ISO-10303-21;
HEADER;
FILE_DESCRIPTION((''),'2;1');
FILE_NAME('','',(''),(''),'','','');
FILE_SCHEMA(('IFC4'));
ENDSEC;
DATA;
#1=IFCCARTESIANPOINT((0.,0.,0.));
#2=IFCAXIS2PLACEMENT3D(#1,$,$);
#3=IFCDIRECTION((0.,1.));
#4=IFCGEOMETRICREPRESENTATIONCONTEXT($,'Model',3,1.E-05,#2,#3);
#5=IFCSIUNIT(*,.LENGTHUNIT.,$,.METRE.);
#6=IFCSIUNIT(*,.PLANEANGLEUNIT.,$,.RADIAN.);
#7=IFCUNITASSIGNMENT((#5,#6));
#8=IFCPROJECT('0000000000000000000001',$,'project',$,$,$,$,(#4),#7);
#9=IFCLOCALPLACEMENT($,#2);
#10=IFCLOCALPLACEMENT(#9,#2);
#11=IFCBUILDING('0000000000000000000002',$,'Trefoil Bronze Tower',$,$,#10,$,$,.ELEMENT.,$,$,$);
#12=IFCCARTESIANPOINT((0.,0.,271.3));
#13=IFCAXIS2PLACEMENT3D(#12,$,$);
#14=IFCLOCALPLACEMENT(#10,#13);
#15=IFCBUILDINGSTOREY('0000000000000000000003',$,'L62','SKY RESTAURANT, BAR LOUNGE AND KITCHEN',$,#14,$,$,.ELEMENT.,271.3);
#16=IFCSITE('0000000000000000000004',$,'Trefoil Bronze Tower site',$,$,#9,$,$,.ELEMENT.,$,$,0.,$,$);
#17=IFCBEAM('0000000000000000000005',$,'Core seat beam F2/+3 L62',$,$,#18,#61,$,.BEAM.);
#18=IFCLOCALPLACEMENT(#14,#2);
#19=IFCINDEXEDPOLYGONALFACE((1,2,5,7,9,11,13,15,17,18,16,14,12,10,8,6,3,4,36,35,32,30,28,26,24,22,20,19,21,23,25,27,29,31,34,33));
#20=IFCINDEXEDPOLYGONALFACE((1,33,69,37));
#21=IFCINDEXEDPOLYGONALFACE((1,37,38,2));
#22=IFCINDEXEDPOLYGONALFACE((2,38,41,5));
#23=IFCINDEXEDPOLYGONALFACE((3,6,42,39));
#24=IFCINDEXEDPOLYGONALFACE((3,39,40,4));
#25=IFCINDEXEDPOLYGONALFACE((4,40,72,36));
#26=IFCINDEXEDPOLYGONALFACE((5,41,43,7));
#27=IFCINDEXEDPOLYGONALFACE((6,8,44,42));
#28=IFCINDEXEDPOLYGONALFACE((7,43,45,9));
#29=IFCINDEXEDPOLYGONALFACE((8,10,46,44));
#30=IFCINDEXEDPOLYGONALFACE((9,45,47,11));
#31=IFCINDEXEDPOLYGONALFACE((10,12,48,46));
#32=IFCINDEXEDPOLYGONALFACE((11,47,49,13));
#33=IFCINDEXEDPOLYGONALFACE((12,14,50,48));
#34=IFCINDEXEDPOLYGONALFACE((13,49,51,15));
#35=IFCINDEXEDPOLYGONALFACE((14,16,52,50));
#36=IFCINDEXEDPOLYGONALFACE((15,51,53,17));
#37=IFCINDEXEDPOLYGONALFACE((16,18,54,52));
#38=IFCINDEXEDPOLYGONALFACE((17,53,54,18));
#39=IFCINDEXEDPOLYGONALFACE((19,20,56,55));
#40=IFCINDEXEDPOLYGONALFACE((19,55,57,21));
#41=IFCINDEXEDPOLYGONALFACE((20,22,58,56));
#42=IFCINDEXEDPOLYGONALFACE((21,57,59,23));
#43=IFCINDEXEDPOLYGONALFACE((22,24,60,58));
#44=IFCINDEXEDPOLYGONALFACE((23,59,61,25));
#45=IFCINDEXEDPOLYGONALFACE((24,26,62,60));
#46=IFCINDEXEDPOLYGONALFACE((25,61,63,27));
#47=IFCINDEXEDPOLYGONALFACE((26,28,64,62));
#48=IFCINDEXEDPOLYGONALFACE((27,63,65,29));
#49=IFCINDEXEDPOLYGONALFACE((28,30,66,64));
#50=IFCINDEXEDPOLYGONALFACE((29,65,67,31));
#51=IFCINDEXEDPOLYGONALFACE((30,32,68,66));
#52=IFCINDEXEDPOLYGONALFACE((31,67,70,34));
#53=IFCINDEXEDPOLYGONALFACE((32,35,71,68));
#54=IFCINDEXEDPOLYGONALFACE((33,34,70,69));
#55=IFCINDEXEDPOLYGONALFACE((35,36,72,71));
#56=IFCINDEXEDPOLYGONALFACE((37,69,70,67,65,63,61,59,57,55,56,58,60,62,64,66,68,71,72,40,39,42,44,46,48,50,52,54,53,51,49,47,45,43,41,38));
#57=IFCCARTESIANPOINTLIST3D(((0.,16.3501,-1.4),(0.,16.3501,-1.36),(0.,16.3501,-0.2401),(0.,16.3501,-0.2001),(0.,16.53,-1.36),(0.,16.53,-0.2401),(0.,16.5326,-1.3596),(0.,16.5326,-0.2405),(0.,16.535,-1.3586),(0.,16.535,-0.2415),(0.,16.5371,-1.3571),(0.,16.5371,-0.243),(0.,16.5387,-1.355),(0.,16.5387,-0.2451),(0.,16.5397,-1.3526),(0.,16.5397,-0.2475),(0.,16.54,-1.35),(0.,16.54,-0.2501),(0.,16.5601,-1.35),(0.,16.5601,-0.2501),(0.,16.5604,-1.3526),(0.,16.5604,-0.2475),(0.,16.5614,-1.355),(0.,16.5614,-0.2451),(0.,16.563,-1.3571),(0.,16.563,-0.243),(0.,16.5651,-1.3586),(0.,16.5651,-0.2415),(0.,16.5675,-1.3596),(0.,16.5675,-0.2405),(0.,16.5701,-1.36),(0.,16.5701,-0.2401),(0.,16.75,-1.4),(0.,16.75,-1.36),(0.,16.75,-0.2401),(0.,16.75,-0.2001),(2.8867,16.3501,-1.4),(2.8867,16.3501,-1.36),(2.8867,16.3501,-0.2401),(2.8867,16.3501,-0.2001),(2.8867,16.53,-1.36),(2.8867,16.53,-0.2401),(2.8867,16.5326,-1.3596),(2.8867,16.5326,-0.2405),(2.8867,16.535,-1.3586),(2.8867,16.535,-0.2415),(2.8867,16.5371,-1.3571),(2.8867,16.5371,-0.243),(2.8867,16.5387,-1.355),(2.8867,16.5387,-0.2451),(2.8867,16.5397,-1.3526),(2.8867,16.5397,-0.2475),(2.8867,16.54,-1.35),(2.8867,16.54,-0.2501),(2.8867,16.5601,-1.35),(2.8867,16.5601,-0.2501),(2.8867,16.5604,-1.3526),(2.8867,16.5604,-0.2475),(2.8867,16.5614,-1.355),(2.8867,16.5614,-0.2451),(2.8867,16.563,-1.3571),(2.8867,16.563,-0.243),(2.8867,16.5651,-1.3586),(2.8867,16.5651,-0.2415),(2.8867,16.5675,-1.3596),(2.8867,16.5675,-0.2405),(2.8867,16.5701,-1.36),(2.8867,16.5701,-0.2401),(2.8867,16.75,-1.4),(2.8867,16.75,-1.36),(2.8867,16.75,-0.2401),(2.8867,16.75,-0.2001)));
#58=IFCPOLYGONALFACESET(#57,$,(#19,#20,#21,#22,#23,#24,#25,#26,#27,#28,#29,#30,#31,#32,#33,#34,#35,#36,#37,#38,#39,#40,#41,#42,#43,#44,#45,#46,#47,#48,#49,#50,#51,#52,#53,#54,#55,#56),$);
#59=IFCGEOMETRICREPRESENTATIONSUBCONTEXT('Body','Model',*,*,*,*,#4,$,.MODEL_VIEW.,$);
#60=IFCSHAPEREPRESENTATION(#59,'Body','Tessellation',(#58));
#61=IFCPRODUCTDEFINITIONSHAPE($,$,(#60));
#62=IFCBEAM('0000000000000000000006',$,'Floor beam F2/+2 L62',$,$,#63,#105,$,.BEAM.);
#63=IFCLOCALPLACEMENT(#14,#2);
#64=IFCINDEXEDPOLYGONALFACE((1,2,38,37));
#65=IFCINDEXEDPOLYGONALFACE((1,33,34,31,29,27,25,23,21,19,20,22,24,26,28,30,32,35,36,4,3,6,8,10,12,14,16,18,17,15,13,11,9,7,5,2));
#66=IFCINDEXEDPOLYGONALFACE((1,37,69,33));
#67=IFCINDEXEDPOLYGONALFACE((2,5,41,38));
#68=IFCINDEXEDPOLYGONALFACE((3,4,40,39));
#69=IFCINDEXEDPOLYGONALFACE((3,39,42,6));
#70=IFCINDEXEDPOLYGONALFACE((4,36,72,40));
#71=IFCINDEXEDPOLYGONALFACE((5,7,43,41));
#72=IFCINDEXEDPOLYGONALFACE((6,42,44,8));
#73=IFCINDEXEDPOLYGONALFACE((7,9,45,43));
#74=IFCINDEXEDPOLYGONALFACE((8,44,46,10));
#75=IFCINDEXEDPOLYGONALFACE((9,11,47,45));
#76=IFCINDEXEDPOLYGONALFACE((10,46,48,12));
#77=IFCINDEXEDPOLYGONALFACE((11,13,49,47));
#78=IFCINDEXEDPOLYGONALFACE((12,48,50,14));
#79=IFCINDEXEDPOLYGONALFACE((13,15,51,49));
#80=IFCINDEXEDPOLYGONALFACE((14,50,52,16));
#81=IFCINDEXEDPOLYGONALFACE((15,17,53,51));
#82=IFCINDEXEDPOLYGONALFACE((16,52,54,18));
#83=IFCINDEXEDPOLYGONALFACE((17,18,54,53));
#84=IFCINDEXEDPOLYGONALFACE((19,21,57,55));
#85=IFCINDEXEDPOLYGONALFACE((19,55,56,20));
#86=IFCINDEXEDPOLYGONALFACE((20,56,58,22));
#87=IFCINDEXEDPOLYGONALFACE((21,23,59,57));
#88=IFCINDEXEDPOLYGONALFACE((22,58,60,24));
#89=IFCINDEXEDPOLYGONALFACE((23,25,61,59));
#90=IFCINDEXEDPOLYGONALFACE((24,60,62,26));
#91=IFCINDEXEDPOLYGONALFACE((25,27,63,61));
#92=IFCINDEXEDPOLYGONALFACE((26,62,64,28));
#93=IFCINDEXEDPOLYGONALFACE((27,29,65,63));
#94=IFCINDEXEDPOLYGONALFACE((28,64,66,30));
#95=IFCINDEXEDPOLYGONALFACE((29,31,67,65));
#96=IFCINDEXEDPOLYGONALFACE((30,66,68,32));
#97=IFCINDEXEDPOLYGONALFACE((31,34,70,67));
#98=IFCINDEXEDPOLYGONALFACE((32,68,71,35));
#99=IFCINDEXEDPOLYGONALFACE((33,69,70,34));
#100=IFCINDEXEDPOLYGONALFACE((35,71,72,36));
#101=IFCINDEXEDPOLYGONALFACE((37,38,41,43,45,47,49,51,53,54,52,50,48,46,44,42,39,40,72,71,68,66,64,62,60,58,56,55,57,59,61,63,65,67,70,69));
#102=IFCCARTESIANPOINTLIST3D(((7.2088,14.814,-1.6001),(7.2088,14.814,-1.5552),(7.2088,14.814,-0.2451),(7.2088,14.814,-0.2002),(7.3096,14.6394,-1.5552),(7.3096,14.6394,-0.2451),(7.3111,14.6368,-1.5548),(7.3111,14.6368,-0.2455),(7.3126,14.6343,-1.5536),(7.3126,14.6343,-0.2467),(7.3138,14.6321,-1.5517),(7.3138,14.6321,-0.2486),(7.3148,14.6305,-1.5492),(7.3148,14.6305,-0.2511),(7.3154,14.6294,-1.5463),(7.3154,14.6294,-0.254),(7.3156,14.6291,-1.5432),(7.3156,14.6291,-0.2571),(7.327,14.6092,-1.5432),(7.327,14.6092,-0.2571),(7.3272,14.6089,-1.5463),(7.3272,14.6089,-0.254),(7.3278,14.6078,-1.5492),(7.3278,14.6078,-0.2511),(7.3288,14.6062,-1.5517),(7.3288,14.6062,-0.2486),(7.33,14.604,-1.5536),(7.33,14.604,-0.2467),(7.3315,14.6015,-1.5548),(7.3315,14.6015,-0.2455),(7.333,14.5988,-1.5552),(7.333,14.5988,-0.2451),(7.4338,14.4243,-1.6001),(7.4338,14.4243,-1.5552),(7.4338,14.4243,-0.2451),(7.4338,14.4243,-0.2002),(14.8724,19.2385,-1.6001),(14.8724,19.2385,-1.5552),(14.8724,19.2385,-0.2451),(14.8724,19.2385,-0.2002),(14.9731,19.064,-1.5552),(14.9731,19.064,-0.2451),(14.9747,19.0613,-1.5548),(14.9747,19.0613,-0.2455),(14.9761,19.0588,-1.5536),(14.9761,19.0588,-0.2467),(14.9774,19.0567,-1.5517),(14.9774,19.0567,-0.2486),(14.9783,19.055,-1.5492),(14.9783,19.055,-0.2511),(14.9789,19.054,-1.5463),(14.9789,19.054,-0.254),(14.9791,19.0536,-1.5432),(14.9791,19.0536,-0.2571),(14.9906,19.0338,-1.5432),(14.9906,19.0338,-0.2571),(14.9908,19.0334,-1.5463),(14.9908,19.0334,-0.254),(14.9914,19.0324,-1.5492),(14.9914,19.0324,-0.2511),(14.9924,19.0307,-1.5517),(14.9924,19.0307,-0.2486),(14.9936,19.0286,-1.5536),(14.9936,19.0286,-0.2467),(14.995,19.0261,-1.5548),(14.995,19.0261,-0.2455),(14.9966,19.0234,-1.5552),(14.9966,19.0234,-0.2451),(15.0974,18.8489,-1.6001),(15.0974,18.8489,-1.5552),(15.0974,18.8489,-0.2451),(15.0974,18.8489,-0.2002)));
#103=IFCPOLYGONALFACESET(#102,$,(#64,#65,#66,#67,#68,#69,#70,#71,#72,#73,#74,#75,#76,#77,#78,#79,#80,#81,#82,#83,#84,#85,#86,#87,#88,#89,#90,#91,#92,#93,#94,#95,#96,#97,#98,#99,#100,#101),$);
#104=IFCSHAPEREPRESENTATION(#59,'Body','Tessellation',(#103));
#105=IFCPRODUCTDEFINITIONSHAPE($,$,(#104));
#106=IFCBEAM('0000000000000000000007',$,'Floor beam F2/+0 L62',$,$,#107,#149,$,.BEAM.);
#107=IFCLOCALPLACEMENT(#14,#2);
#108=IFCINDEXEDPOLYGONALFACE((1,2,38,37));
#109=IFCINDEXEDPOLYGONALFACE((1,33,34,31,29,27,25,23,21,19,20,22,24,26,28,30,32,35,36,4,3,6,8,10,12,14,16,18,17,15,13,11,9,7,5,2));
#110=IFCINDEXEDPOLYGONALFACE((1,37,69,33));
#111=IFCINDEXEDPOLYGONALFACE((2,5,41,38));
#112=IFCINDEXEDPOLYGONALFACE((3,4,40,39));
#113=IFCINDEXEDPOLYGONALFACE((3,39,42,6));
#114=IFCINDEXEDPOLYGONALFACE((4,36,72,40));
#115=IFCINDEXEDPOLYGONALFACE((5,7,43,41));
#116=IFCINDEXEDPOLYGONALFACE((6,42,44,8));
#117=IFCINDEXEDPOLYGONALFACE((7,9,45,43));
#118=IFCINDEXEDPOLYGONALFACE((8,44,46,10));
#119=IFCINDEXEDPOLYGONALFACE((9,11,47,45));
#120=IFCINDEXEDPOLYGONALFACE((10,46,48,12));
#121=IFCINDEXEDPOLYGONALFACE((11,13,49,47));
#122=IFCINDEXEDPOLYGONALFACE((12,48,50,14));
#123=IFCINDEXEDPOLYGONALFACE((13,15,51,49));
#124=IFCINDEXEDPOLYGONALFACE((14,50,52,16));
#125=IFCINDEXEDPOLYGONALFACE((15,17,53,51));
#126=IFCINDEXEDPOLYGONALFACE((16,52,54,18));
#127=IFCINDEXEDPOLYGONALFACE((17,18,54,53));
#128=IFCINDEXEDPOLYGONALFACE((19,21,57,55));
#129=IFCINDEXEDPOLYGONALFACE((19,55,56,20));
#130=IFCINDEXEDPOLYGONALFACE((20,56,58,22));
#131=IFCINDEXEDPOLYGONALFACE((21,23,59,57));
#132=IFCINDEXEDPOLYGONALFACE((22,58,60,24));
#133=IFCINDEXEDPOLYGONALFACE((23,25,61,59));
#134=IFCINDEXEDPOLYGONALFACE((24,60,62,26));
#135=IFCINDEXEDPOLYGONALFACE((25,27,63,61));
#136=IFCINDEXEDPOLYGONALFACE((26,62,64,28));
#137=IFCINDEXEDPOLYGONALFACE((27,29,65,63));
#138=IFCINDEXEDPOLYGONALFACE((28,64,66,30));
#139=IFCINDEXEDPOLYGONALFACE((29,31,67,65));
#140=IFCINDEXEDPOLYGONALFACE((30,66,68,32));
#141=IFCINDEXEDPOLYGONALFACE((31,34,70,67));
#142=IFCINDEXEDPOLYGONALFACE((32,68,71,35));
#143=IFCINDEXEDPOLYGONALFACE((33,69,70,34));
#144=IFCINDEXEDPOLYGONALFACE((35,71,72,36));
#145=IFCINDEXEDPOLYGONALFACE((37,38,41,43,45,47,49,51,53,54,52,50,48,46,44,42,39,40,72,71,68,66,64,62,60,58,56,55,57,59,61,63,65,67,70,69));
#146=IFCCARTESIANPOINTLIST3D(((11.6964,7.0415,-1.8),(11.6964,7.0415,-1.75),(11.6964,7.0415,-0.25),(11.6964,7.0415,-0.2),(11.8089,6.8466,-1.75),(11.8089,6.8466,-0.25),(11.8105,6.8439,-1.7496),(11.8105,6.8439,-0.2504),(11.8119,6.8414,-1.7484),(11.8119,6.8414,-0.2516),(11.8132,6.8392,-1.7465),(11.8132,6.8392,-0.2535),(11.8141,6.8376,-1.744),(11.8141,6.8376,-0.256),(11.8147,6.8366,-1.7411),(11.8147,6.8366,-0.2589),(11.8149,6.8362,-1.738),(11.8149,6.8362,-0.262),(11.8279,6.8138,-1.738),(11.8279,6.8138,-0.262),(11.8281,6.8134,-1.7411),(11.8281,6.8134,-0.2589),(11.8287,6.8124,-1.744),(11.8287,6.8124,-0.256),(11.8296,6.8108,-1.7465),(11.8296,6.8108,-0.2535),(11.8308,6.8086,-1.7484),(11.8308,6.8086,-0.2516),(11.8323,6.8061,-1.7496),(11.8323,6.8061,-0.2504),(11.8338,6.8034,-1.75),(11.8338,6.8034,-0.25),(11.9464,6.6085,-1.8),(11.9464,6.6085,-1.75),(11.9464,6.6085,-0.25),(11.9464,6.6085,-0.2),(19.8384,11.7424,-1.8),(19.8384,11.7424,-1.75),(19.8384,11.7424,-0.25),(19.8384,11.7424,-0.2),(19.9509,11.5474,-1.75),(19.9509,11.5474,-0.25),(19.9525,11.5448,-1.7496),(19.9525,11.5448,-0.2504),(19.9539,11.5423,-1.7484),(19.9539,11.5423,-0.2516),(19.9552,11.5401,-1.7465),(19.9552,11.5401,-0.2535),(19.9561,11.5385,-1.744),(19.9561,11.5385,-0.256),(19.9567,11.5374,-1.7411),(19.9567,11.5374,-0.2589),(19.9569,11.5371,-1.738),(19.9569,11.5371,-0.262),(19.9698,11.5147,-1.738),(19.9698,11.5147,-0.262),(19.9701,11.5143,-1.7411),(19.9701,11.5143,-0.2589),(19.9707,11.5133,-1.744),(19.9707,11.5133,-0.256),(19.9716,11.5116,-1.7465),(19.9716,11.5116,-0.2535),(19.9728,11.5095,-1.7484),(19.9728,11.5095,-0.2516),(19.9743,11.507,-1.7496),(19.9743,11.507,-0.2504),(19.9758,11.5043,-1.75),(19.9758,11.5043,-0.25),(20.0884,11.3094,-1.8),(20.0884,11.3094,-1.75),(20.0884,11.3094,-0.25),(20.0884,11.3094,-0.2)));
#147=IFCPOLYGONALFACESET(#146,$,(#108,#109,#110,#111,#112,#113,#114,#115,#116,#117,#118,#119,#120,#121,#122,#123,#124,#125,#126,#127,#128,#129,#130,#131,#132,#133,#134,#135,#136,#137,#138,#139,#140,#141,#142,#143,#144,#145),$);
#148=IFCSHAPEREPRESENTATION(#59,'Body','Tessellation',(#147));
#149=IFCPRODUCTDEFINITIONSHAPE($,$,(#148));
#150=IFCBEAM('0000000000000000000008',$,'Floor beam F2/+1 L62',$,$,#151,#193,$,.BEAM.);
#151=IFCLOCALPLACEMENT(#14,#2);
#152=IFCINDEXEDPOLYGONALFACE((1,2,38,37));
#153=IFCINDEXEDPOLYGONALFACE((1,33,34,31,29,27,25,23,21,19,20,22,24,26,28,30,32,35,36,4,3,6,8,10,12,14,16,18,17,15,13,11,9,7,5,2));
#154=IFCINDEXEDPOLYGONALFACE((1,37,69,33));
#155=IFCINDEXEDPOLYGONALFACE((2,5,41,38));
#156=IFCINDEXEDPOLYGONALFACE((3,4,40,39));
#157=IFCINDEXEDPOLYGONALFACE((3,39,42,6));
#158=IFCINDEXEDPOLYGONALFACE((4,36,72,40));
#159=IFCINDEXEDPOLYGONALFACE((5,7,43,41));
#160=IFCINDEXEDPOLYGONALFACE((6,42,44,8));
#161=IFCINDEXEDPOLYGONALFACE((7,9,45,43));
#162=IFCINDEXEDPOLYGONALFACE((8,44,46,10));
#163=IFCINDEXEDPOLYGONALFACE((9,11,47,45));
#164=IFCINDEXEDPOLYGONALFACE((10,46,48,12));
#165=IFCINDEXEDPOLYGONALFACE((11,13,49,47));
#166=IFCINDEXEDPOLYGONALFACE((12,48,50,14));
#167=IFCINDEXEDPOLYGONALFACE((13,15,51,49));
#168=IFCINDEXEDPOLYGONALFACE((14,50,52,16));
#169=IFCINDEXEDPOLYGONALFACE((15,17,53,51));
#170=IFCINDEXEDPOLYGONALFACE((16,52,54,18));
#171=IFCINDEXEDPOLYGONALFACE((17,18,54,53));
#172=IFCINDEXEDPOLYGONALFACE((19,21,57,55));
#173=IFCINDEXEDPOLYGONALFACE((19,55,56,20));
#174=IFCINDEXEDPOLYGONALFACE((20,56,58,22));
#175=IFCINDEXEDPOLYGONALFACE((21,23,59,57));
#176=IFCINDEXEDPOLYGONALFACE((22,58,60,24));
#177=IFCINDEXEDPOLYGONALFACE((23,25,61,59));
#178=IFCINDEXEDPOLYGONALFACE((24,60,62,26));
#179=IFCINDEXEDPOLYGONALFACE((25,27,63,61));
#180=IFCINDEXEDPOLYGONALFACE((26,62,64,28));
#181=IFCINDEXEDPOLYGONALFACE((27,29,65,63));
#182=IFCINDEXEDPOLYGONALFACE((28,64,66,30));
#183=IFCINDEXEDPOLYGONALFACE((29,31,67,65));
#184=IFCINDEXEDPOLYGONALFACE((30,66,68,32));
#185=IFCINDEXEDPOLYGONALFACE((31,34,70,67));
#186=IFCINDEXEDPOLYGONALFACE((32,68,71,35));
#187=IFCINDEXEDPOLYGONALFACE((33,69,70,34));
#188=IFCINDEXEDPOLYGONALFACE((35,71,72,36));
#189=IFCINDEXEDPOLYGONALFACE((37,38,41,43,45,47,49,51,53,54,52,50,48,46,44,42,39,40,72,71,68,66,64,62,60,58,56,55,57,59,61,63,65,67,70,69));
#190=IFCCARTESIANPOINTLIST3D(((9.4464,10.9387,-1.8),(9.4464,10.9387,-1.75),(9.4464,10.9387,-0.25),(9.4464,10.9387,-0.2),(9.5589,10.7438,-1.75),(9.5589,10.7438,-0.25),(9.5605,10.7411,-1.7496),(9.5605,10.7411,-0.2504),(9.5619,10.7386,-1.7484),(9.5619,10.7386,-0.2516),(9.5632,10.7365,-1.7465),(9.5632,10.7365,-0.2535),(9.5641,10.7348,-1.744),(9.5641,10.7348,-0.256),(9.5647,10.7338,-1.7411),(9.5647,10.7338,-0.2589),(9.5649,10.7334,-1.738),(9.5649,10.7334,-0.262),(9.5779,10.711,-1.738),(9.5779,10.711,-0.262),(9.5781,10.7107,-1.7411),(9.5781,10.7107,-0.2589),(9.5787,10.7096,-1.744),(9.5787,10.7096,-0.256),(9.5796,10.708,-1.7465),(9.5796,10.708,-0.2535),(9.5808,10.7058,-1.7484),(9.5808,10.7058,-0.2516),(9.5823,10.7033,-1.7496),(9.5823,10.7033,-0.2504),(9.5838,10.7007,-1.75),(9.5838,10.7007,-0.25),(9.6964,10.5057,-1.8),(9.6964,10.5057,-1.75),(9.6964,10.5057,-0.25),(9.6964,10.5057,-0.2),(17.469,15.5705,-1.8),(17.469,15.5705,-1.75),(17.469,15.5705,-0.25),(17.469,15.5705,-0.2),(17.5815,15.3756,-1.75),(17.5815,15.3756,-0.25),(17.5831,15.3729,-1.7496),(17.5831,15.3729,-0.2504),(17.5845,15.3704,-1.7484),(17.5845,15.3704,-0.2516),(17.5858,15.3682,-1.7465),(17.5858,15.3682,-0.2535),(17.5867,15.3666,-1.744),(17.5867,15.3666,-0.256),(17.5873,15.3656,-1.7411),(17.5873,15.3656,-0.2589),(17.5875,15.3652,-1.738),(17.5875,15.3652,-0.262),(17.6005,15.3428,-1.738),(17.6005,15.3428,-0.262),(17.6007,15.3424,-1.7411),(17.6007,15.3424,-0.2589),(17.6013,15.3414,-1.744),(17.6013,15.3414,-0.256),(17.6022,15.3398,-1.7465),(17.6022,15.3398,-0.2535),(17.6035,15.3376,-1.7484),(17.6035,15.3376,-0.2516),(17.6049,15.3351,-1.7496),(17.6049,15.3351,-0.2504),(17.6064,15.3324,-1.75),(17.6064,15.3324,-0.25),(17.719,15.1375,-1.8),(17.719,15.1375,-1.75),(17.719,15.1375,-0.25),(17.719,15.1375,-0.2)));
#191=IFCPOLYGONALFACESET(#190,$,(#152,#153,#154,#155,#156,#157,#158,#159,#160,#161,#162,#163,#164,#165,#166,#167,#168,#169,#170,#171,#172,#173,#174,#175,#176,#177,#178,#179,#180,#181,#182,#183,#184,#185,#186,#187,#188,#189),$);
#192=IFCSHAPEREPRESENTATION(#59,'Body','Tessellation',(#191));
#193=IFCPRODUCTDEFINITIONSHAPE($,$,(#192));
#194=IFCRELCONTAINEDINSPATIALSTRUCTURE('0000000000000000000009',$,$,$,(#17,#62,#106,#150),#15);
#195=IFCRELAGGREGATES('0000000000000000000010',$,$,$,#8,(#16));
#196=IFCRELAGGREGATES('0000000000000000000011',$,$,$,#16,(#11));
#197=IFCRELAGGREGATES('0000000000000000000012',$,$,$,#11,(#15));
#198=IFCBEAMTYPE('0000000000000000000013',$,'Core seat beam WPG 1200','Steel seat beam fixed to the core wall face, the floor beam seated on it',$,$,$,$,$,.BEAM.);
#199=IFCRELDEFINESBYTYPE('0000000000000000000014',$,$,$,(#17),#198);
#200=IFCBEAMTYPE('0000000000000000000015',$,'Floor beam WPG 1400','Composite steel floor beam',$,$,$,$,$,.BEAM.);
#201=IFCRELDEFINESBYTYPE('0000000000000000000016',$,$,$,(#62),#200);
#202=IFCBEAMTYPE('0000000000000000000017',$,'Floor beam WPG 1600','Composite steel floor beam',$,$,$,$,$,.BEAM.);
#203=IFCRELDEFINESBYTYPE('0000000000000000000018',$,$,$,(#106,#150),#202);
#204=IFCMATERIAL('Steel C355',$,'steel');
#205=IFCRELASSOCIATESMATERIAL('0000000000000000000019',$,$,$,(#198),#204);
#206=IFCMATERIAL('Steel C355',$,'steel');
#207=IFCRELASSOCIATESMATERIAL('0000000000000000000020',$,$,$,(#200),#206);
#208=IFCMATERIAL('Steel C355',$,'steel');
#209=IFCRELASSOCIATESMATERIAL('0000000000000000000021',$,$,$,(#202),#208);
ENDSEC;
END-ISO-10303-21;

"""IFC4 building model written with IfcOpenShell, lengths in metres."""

from ifc_helpers import new_model, si_unit, direction, frame, origin, origin_2d, place, context, subcontext, project, spatial, i_section, extrude, material, material_profile, profile_set, type_object, element, save


model = new_model("IFC4")

# Units and contexts
model_context = context("Model", 3, precision=1e-05, world=origin(), true_north=direction((0.0, 1.0)))
body_context = subcontext(model_context, "Body", "Model", "MODEL_VIEW")
ifc_project = project(units=[si_unit("LENGTHUNIT", "METRE"), si_unit("PLANEANGLEUNIT", "RADIAN")], contexts=[model_context])

# Site, building, storey
site_placement = place(None, origin())
site = spatial("IfcSite", under=ifc_project, at=site_placement, Name="Trefoil Bronze Tower site", CompositionType="ELEMENT", RefElevation=0.0)
building_placement = place(site_placement, origin())
building = spatial("IfcBuilding", under=site, at=building_placement, Name="Trefoil Bronze Tower", CompositionType="ELEMENT")
storey_placement = place(building_placement, frame((0.0, 0.0, 271.3)))
storey = spatial("IfcBuildingStorey", under=building, at=storey_placement, Name="L62", Description="SKY RESTAURANT, BAR LOUNGE AND KITCHEN", CompositionType="ELEMENT", Elevation=271.3)

# Beams
ifc_material_1 = material(Name="Steel C355", Category="steel")
ifc_material_profile_1 = material_profile(ifc_material_1, i_section(OverallWidth=0.3999, OverallDepth=1.2, WebThickness=0.02, FlangeThickness=0.04, FilletRadius=0.01, at=origin_2d()), Name="WPG 1200")
ifc_profile_set_1 = profile_set([ifc_material_profile_1], Name="Steel C355")
beam_type_1 = type_object("IfcBeamType", Name="Core seat beam WPG 1200", Description="Steel seat beam fixed to the core wall face, the floor beam seated on it", PredefinedType="BEAM", material=ifc_profile_set_1)
beam_1_placement = place(storey_placement, frame((2.8867, 16.55, -0.8), z_axis=(-1.0, 0.0, 0.0), x_axis=(0.0, -1.0, 0.0)))
element("IfcBeam", 1, at=beam_1_placement, inside=storey, type_object=beam_type_1, Name="Core seat beam F2/+3 L62", PredefinedType="BEAM", context=body_context, shape_type="SweptSolid", body=[
    extrude(i_section(OverallWidth=0.3999, OverallDepth=1.2, WebThickness=0.02, FlangeThickness=0.04, FilletRadius=0.01, at=origin_2d()), origin(), (0.0, 0.0, 1.0), 2.8867),
])
ifc_material_2 = material(Name="Steel C355", Category="steel")
ifc_material_profile_2 = material_profile(ifc_material_2, i_section(OverallWidth=0.45, OverallDepth=1.3999, WebThickness=0.0229, FlangeThickness=0.0449, FilletRadius=0.012, at=origin_2d()), Name="WPG 1400")
ifc_profile_set_2 = profile_set([ifc_material_profile_2], Name="Steel C355")
beam_type_2 = type_object("IfcBeamType", Name="Floor beam WPG 1400", Description="Composite steel floor beam", PredefinedType="BEAM", material=ifc_profile_set_2)
beam_2_placement = place(storey_placement, frame((14.9849, 19.0437, -0.9001), z_axis=(-0.866026, -0.499999, 0.0), x_axis=(0.499999, -0.866026, 0.0)))
element("IfcBeam", 2, at=beam_2_placement, inside=storey, type_object=beam_type_2, Name="Floor beam F2/+2 L62", PredefinedType="BEAM", context=body_context, shape_type="SweptSolid", body=[
    extrude(i_section(OverallWidth=0.45, OverallDepth=1.3999, WebThickness=0.0229, FlangeThickness=0.0449, FilletRadius=0.012, at=origin_2d()), origin(), (0.0, 0.0, 1.0), 8.8491),
])
ifc_material_3 = material(Name="Steel C355", Category="steel")
ifc_material_profile_3 = material_profile(ifc_material_3, i_section(OverallWidth=0.5, OverallDepth=1.6001, WebThickness=0.0259, FlangeThickness=0.05, FilletRadius=0.012, at=origin_2d()), Name="WPG 1600")
ifc_profile_set_3 = profile_set([ifc_material_profile_3], Name="Steel C355")
beam_type_3 = type_object("IfcBeamType", Name="Floor beam WPG 1600", Description="Composite steel floor beam", PredefinedType="BEAM", material=ifc_profile_set_3)
beam_3_placement = place(storey_placement, frame((19.9634, 11.5259, -1.0), z_axis=(-0.866021, -0.500007, 0.0), x_axis=(0.500007, -0.866021, 0.0)))
element("IfcBeam", 3, at=beam_3_placement, inside=storey, type_object=beam_type_3, Name="Floor beam F2/+0 L62", PredefinedType="BEAM", context=body_context, shape_type="SweptSolid", body=[
    extrude(i_section(OverallWidth=0.5, OverallDepth=1.6001, WebThickness=0.0259, FlangeThickness=0.05, FilletRadius=0.012, at=origin_2d()), origin(), (0.0, 0.0, 1.0), 9.4016),
])
beam_4_placement = place(storey_placement, frame((17.594, 15.354, -1.0), z_axis=(-0.866029, -0.499994, 0.0), x_axis=(0.499994, -0.866029, 0.0)))
element("IfcBeam", 4, at=beam_4_placement, inside=storey, type_object=beam_type_3, Name="Floor beam F2/+1 L62", PredefinedType="BEAM", context=body_context, shape_type="SweptSolid", body=[
    extrude(i_section(OverallWidth=0.5, OverallDepth=1.6001, WebThickness=0.0259, FlangeThickness=0.05, FilletRadius=0.012, at=origin_2d()), origin(), (0.0, 0.0, 1.0), 9.2637),
])

save(model, "model.ifc")
